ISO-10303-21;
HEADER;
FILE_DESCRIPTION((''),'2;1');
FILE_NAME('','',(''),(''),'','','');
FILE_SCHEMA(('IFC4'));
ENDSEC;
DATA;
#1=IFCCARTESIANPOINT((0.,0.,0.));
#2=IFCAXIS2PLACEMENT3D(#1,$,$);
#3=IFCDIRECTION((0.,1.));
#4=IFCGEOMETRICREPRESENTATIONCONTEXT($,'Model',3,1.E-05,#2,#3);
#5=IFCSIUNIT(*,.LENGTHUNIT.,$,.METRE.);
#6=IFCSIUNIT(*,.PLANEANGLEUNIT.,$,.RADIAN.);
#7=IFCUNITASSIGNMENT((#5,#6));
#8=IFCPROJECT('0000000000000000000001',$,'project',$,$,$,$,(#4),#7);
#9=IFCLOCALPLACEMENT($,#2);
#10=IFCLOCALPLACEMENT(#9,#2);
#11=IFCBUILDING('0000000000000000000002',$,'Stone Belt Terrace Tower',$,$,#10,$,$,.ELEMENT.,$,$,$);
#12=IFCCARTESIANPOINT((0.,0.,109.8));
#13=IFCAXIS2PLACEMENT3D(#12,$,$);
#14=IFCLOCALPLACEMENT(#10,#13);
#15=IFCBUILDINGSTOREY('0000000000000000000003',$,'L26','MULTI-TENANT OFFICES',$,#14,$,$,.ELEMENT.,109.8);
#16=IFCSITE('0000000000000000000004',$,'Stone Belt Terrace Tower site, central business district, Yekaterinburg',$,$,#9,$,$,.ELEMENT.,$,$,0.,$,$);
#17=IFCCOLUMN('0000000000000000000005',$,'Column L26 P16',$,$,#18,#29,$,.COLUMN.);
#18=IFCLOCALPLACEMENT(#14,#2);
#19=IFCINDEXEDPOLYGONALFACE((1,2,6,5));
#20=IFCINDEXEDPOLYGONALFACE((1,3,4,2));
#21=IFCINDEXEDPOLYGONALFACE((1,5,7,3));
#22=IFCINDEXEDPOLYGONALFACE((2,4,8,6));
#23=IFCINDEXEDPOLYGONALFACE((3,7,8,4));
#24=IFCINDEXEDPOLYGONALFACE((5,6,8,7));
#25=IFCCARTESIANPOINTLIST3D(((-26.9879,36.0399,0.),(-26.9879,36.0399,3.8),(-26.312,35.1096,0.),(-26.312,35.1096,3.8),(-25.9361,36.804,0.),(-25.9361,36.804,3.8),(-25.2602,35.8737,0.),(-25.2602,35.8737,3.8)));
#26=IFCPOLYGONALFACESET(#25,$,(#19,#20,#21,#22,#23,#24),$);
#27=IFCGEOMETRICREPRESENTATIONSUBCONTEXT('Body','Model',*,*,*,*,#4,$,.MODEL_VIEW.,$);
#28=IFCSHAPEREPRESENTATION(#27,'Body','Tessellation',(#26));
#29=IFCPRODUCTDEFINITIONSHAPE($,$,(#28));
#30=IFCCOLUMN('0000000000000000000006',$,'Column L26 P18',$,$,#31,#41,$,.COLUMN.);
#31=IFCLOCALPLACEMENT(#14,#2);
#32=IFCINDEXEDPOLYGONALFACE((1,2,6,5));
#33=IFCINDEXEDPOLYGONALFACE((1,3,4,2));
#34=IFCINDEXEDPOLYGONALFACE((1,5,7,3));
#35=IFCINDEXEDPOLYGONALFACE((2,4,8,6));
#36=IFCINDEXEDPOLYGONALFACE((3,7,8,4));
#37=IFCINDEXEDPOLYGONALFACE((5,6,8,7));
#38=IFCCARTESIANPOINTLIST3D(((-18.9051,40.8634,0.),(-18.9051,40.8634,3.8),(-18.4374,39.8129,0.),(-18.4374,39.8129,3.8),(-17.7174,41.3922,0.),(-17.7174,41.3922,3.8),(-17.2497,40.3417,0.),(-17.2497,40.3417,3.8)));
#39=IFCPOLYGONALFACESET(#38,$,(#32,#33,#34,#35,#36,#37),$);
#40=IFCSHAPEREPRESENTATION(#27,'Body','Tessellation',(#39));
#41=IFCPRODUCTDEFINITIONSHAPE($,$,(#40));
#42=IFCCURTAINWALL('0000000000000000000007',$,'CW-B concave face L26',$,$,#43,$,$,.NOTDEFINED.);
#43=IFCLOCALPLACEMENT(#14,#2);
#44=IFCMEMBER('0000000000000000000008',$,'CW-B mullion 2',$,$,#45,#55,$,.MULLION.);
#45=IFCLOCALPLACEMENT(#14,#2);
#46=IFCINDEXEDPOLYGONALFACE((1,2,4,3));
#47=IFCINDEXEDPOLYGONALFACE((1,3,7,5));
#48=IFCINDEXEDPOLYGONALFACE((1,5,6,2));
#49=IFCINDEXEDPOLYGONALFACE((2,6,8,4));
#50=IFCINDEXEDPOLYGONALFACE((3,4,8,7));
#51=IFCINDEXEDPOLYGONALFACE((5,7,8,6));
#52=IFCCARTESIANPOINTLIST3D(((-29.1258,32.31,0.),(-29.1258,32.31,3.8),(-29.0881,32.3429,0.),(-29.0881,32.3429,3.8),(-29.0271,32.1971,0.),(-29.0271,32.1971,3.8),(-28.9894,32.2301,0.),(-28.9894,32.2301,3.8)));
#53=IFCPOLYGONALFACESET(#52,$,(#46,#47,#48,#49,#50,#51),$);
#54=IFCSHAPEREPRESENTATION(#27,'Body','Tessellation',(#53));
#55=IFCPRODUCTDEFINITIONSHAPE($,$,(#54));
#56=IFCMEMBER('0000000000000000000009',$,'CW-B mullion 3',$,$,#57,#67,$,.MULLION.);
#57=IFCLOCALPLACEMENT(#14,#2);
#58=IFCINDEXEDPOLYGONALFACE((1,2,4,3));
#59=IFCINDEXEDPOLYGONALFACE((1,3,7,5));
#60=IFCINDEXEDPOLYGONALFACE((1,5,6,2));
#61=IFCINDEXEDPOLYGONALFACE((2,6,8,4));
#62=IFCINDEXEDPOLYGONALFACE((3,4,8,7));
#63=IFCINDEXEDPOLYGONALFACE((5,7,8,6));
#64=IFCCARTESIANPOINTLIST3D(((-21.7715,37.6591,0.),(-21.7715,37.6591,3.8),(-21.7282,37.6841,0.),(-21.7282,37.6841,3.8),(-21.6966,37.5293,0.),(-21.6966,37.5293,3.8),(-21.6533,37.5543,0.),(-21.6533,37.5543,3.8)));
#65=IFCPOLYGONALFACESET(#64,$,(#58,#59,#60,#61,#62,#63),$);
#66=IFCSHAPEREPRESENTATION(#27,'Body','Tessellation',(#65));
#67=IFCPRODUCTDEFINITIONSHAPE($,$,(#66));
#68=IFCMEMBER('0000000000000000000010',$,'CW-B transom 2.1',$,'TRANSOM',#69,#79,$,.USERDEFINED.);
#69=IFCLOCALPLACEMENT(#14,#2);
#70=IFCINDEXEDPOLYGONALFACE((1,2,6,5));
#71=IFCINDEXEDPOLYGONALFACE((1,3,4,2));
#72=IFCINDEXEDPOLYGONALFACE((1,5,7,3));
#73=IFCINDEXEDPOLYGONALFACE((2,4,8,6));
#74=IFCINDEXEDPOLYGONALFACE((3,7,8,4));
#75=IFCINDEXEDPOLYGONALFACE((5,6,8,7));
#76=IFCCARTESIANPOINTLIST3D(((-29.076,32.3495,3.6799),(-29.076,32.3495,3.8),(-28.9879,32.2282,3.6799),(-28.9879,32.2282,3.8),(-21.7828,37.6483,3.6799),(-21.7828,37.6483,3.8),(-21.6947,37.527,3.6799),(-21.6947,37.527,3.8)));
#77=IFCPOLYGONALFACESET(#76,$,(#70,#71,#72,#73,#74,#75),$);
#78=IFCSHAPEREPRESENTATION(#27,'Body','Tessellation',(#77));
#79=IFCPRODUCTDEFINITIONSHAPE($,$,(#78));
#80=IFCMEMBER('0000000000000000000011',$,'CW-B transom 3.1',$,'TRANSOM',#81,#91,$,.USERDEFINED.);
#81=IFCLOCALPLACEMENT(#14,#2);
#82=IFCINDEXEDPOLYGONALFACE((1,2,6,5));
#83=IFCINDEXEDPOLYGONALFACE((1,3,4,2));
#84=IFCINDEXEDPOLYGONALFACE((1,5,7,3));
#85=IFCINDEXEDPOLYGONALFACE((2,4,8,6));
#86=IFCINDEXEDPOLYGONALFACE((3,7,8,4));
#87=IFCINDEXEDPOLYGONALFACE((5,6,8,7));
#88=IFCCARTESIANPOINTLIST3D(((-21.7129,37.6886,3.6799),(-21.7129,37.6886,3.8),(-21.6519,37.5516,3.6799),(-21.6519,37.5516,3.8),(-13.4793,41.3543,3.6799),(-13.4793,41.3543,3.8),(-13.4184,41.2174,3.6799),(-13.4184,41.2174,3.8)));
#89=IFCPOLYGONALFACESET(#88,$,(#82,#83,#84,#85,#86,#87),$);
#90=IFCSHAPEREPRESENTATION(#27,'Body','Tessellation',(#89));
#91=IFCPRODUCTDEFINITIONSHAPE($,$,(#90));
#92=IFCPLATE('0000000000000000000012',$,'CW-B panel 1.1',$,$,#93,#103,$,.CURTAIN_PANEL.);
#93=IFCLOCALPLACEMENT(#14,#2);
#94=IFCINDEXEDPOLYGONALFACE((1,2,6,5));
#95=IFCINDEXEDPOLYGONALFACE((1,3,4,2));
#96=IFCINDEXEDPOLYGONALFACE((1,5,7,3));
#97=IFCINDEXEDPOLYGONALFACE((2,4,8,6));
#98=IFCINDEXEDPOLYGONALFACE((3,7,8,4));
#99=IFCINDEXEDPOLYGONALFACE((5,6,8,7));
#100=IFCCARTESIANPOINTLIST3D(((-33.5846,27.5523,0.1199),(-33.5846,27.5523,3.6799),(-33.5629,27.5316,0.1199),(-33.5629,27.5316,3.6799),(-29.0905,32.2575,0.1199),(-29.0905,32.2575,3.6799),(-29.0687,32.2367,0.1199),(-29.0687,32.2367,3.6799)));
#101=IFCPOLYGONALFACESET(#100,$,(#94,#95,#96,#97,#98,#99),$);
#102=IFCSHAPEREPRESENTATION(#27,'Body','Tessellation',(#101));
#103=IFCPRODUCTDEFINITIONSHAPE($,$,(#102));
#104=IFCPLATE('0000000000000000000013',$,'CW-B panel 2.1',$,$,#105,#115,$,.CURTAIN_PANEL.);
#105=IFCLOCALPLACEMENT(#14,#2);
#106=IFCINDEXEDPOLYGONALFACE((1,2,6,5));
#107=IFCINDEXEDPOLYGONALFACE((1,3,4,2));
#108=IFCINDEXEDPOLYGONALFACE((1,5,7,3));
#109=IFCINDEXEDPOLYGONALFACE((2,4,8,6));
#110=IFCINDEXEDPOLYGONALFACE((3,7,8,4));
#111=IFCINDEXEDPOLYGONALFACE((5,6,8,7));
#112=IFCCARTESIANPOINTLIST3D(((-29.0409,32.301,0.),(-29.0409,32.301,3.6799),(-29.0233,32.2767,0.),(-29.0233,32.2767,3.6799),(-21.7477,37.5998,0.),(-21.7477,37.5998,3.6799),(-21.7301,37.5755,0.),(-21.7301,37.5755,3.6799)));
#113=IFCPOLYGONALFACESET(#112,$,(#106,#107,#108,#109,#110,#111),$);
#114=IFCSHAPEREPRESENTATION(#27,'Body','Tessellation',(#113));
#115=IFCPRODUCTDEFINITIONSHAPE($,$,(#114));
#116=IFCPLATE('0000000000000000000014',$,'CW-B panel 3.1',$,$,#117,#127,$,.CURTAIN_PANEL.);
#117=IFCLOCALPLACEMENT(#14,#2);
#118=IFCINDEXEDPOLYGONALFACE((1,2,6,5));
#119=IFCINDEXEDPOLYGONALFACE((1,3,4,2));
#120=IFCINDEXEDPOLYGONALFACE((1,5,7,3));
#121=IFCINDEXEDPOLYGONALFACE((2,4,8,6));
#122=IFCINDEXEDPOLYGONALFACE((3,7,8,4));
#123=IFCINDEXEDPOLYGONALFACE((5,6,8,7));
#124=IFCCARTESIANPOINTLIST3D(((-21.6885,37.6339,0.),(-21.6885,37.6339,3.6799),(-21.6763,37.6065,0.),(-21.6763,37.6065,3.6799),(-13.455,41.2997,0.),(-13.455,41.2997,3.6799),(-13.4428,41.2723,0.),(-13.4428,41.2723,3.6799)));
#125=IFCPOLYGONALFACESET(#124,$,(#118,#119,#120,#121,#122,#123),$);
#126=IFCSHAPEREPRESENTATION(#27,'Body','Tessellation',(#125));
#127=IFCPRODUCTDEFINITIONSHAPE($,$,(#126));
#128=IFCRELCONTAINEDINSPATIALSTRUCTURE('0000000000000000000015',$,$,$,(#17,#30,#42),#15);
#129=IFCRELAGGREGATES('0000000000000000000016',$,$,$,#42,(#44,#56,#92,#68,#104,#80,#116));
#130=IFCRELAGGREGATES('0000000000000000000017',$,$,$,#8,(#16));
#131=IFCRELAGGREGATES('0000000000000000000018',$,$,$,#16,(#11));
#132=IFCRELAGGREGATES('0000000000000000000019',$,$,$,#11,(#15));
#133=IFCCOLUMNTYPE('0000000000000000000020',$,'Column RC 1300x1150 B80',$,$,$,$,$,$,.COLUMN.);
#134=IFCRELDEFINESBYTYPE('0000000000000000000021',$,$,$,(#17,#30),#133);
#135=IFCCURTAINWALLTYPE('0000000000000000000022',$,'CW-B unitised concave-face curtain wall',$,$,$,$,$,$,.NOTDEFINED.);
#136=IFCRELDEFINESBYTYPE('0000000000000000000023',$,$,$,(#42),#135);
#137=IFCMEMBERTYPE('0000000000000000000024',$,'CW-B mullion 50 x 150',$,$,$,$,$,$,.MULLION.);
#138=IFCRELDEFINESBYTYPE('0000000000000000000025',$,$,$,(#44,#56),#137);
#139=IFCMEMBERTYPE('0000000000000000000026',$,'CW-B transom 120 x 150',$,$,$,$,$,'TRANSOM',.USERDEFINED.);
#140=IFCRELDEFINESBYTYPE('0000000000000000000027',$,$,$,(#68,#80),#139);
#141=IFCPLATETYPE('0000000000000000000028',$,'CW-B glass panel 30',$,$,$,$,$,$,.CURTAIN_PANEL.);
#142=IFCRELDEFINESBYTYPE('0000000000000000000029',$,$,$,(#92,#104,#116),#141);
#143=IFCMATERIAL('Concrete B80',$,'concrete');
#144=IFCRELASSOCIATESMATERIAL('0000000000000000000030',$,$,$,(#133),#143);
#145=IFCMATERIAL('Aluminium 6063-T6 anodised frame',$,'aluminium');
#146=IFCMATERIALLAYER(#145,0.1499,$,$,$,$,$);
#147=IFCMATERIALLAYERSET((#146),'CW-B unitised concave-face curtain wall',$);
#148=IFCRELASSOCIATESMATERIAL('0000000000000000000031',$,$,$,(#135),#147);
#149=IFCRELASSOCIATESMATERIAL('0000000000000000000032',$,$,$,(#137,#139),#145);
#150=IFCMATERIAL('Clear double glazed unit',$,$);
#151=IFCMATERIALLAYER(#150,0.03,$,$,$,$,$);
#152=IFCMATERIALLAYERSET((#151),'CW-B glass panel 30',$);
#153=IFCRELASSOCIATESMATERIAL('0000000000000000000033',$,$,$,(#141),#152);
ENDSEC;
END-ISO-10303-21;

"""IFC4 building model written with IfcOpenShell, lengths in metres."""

from ifc_helpers import new_model, si_unit, direction, frame, origin, origin_2d, place, context, subcontext, project, spatial, rectangle, extrude, material, layer, layer_set, material_profile, profile_set, type_object, element, aggregate, save


model = new_model("IFC4")

# Units and contexts
model_context = context("Model", 3, precision=1e-05, world=origin(), true_north=direction((0.0, 1.0)))
body_context = subcontext(model_context, "Body", "Model", "MODEL_VIEW")
ifc_project = project(units=[si_unit("LENGTHUNIT", "METRE"), si_unit("PLANEANGLEUNIT", "RADIAN")], contexts=[model_context])

# Site, building, storey
site_placement = place(None, origin())
site = spatial("IfcSite", under=ifc_project, at=site_placement, Name="Stone Belt Terrace Tower site, central business district, Yekaterinburg", CompositionType="ELEMENT", RefElevation=0.0)
building_placement = place(site_placement, origin())
building = spatial("IfcBuilding", under=site, at=building_placement, Name="Stone Belt Terrace Tower", CompositionType="ELEMENT")
storey_placement = place(building_placement, frame((0.0, 0.0, 109.8)))
storey = spatial("IfcBuildingStorey", under=building, at=storey_placement, Name="L26", Description="MULTI-TENANT OFFICES", CompositionType="ELEMENT", Elevation=109.8)

# Columns
ifc_material_1 = material(Name="Concrete B80", Category="concrete")
ifc_material_profile_1 = material_profile(ifc_material_1, rectangle(XDim=1.3, YDim=1.1499, at=origin_2d()), Name="RC 1300x1150")
ifc_profile_set_1 = profile_set([ifc_material_profile_1], Name="Concrete B80")
column_type = type_object("IfcColumnType", Name="Column RC 1300x1150 B80", PredefinedType="COLUMN", material=ifc_profile_set_1)
for number, where, z_axis, x_axis, name in (
    (1, (-26.124, 35.9568, 0.0), (0.0, 0.0, 1.0), (0.809017, 0.587785, 0.0), "Column L26 P16"),
    (2, (-18.0774, 40.6025, 0.0), (0.0, 0.0, 1.0), (0.913545, 0.406737, 0.0), "Column L26 P18"),
):
    element("IfcColumn", number, at=place(storey_placement, frame(where, z_axis=z_axis, x_axis=x_axis)), inside=storey, type_object=column_type, Name=name, PredefinedType="COLUMN", context=body_context, shape_type="SweptSolid", body=[
        extrude(rectangle(XDim=1.3, YDim=1.1499, at=origin_2d()), origin(), (0.0, 0.0, 1.0), 3.8),
    ])

# Curtain wall, members, plates
ifc_material_2 = material(Name="Aluminium 6063-T6 anodised frame", Category="aluminium")
ifc_layer_1 = layer(ifc_material_2, 0.1499)
ifc_layer_set_1 = layer_set([ifc_layer_1], Name="CW-B unitised concave-face curtain wall")
curtain_wall_type = type_object("IfcCurtainWallType", Name="CW-B unitised concave-face curtain wall", PredefinedType="NOTDEFINED", material=ifc_layer_set_1)
curtain_wall_placement = place(storey_placement, origin())
curtain_wall = element("IfcCurtainWall", 3, at=curtain_wall_placement, inside=storey, type_object=curtain_wall_type, Name="CW-B concave face L26", PredefinedType="NOTDEFINED")
ifc_material_profile_2 = material_profile(ifc_material_2, rectangle(XDim=0.1499, YDim=0.05, at=origin_2d()), Name="Aluminium 6063-T6 50x150")
ifc_profile_set_2 = profile_set([ifc_material_profile_2], Name="Aluminium 6063-T6 anodised frame")
member_type_1 = type_object("IfcMemberType", Name="CW-B mullion 50 x 150", PredefinedType="MULLION", material=ifc_profile_set_2)
member_1_placement = place(storey_placement, frame((-29.0576, 32.27, 0.0), z_axis=(0.0, 0.0, 1.0), x_axis=(-0.658127, 0.752907, 0.0)))
member_1 = element("IfcMember", 4, at=member_1_placement, type_object=member_type_1, Name="CW-B mullion 2", PredefinedType="MULLION", context=body_context, shape_type="SweptSolid", body=[
    extrude(rectangle(XDim=0.1499, YDim=0.05, at=origin_2d()), origin(), (0.0, 0.0, 1.0), 3.8),
])
member_2_placement = place(storey_placement, frame((-21.7124, 37.6067, 0.0), z_axis=(0.0, 0.0, 1.0), x_axis=(-0.5, 0.866025, 0.0)))
member_2 = element("IfcMember", 5, at=member_2_placement, type_object=member_type_1, Name="CW-B mullion 3", PredefinedType="MULLION", context=body_context, shape_type="SweptSolid", body=[
    extrude(rectangle(XDim=0.1499, YDim=0.05, at=origin_2d()), origin(), (0.0, 0.0, 1.0), 3.8),
])
ifc_material_profile_3 = material_profile(ifc_material_2, rectangle(XDim=0.1499, YDim=0.1201, at=origin_2d()), Name="Aluminium 6063-T6 150x120")
ifc_profile_set_3 = profile_set([ifc_material_profile_3], Name="Aluminium 6063-T6 anodised frame")
member_type_2 = type_object("IfcMemberType", Name="CW-B transom 120 x 150", ElementType="TRANSOM", PredefinedType="USERDEFINED", material=ifc_profile_set_3)
member_3_placement = place(storey_placement, frame((-29.032, 32.2888, 3.74), z_axis=(0.809017, 0.587785, 0.0), x_axis=(-0.587785, 0.809017, 0.0)))
member_3 = element("IfcMember", 6, at=member_3_placement, type_object=member_type_2, Name="CW-B transom 2.1", ObjectType="TRANSOM", PredefinedType="USERDEFINED", context=body_context, shape_type="SweptSolid", body=[
    extrude(rectangle(XDim=0.1499, YDim=0.1201, at=origin_2d()), origin(), (0.0, 0.0, 1.0), 9.0149),
])
member_4_placement = place(storey_placement, frame((-21.6824, 37.6201, 3.74), z_axis=(0.913549, 0.406729, 0.0), x_axis=(-0.406729, 0.913549, 0.0)))
member_4 = element("IfcMember", 7, at=member_4_placement, type_object=member_type_2, Name="CW-B transom 3.1", ObjectType="TRANSOM", PredefinedType="USERDEFINED", context=body_context, shape_type="SweptSolid", body=[
    extrude(rectangle(XDim=0.1499, YDim=0.1201, at=origin_2d()), origin(), (0.0, 0.0, 1.0), 9.0127),
])
ifc_material_3 = material(Name="Clear double glazed unit")
ifc_layer_2 = layer(ifc_material_3, 0.03)
ifc_layer_set_2 = layer_set([ifc_layer_2], Name="CW-B glass panel 30")
plate_type = type_object("IfcPlateType", Name="CW-B glass panel 30", PredefinedType="CURTAIN_PANEL", material=ifc_layer_set_2)
plate_1_placement = place(storey_placement, frame((-31.3267, 29.8945, 0.1199), z_axis=(0.0, 0.0, 1.0), x_axis=(0.690702, 0.72314, 0.0)))
plate_1 = element("IfcPlate", 8, at=plate_1_placement, type_object=plate_type, Name="CW-B panel 1.1", PredefinedType="CURTAIN_PANEL", context=body_context, shape_type="SweptSolid", body=[
    extrude(rectangle(XDim=6.5066, YDim=0.03, at=origin_2d()), origin(), (0.0, 0.0, 1.0), 3.5601),
])
plate_2_placement = place(storey_placement, frame((-25.3855, 34.9382, 0.0), z_axis=(0.0, 0.0, 1.0), x_axis=(0.809017, 0.587785, 0.0)))
plate_2 = element("IfcPlate", 9, at=plate_2_placement, type_object=plate_type, Name="CW-B panel 2.1", PredefinedType="CURTAIN_PANEL", context=body_context, shape_type="SweptSolid", body=[
    extrude(rectangle(XDim=9.0149, YDim=0.03, at=origin_2d()), origin(), (0.0, 0.0, 1.0), 3.6799),
])
plate_3_placement = place(storey_placement, frame((-17.5657, 39.4531, 0.0), z_axis=(0.0, 0.0, 1.0), x_axis=(0.913545, 0.406737, 0.0)))
plate_3 = element("IfcPlate", 10, at=plate_3_placement, type_object=plate_type, Name="CW-B panel 3.1", PredefinedType="CURTAIN_PANEL", context=body_context, shape_type="SweptSolid", body=[
    extrude(rectangle(XDim=9.0127, YDim=0.03, at=origin_2d()), origin(), (0.0, 0.0, 1.0), 3.6799),
])
aggregate(curtain_wall, [member_1, member_2, plate_1, member_3, plate_2, member_4, plate_3])

save(model, "model.ifc")
